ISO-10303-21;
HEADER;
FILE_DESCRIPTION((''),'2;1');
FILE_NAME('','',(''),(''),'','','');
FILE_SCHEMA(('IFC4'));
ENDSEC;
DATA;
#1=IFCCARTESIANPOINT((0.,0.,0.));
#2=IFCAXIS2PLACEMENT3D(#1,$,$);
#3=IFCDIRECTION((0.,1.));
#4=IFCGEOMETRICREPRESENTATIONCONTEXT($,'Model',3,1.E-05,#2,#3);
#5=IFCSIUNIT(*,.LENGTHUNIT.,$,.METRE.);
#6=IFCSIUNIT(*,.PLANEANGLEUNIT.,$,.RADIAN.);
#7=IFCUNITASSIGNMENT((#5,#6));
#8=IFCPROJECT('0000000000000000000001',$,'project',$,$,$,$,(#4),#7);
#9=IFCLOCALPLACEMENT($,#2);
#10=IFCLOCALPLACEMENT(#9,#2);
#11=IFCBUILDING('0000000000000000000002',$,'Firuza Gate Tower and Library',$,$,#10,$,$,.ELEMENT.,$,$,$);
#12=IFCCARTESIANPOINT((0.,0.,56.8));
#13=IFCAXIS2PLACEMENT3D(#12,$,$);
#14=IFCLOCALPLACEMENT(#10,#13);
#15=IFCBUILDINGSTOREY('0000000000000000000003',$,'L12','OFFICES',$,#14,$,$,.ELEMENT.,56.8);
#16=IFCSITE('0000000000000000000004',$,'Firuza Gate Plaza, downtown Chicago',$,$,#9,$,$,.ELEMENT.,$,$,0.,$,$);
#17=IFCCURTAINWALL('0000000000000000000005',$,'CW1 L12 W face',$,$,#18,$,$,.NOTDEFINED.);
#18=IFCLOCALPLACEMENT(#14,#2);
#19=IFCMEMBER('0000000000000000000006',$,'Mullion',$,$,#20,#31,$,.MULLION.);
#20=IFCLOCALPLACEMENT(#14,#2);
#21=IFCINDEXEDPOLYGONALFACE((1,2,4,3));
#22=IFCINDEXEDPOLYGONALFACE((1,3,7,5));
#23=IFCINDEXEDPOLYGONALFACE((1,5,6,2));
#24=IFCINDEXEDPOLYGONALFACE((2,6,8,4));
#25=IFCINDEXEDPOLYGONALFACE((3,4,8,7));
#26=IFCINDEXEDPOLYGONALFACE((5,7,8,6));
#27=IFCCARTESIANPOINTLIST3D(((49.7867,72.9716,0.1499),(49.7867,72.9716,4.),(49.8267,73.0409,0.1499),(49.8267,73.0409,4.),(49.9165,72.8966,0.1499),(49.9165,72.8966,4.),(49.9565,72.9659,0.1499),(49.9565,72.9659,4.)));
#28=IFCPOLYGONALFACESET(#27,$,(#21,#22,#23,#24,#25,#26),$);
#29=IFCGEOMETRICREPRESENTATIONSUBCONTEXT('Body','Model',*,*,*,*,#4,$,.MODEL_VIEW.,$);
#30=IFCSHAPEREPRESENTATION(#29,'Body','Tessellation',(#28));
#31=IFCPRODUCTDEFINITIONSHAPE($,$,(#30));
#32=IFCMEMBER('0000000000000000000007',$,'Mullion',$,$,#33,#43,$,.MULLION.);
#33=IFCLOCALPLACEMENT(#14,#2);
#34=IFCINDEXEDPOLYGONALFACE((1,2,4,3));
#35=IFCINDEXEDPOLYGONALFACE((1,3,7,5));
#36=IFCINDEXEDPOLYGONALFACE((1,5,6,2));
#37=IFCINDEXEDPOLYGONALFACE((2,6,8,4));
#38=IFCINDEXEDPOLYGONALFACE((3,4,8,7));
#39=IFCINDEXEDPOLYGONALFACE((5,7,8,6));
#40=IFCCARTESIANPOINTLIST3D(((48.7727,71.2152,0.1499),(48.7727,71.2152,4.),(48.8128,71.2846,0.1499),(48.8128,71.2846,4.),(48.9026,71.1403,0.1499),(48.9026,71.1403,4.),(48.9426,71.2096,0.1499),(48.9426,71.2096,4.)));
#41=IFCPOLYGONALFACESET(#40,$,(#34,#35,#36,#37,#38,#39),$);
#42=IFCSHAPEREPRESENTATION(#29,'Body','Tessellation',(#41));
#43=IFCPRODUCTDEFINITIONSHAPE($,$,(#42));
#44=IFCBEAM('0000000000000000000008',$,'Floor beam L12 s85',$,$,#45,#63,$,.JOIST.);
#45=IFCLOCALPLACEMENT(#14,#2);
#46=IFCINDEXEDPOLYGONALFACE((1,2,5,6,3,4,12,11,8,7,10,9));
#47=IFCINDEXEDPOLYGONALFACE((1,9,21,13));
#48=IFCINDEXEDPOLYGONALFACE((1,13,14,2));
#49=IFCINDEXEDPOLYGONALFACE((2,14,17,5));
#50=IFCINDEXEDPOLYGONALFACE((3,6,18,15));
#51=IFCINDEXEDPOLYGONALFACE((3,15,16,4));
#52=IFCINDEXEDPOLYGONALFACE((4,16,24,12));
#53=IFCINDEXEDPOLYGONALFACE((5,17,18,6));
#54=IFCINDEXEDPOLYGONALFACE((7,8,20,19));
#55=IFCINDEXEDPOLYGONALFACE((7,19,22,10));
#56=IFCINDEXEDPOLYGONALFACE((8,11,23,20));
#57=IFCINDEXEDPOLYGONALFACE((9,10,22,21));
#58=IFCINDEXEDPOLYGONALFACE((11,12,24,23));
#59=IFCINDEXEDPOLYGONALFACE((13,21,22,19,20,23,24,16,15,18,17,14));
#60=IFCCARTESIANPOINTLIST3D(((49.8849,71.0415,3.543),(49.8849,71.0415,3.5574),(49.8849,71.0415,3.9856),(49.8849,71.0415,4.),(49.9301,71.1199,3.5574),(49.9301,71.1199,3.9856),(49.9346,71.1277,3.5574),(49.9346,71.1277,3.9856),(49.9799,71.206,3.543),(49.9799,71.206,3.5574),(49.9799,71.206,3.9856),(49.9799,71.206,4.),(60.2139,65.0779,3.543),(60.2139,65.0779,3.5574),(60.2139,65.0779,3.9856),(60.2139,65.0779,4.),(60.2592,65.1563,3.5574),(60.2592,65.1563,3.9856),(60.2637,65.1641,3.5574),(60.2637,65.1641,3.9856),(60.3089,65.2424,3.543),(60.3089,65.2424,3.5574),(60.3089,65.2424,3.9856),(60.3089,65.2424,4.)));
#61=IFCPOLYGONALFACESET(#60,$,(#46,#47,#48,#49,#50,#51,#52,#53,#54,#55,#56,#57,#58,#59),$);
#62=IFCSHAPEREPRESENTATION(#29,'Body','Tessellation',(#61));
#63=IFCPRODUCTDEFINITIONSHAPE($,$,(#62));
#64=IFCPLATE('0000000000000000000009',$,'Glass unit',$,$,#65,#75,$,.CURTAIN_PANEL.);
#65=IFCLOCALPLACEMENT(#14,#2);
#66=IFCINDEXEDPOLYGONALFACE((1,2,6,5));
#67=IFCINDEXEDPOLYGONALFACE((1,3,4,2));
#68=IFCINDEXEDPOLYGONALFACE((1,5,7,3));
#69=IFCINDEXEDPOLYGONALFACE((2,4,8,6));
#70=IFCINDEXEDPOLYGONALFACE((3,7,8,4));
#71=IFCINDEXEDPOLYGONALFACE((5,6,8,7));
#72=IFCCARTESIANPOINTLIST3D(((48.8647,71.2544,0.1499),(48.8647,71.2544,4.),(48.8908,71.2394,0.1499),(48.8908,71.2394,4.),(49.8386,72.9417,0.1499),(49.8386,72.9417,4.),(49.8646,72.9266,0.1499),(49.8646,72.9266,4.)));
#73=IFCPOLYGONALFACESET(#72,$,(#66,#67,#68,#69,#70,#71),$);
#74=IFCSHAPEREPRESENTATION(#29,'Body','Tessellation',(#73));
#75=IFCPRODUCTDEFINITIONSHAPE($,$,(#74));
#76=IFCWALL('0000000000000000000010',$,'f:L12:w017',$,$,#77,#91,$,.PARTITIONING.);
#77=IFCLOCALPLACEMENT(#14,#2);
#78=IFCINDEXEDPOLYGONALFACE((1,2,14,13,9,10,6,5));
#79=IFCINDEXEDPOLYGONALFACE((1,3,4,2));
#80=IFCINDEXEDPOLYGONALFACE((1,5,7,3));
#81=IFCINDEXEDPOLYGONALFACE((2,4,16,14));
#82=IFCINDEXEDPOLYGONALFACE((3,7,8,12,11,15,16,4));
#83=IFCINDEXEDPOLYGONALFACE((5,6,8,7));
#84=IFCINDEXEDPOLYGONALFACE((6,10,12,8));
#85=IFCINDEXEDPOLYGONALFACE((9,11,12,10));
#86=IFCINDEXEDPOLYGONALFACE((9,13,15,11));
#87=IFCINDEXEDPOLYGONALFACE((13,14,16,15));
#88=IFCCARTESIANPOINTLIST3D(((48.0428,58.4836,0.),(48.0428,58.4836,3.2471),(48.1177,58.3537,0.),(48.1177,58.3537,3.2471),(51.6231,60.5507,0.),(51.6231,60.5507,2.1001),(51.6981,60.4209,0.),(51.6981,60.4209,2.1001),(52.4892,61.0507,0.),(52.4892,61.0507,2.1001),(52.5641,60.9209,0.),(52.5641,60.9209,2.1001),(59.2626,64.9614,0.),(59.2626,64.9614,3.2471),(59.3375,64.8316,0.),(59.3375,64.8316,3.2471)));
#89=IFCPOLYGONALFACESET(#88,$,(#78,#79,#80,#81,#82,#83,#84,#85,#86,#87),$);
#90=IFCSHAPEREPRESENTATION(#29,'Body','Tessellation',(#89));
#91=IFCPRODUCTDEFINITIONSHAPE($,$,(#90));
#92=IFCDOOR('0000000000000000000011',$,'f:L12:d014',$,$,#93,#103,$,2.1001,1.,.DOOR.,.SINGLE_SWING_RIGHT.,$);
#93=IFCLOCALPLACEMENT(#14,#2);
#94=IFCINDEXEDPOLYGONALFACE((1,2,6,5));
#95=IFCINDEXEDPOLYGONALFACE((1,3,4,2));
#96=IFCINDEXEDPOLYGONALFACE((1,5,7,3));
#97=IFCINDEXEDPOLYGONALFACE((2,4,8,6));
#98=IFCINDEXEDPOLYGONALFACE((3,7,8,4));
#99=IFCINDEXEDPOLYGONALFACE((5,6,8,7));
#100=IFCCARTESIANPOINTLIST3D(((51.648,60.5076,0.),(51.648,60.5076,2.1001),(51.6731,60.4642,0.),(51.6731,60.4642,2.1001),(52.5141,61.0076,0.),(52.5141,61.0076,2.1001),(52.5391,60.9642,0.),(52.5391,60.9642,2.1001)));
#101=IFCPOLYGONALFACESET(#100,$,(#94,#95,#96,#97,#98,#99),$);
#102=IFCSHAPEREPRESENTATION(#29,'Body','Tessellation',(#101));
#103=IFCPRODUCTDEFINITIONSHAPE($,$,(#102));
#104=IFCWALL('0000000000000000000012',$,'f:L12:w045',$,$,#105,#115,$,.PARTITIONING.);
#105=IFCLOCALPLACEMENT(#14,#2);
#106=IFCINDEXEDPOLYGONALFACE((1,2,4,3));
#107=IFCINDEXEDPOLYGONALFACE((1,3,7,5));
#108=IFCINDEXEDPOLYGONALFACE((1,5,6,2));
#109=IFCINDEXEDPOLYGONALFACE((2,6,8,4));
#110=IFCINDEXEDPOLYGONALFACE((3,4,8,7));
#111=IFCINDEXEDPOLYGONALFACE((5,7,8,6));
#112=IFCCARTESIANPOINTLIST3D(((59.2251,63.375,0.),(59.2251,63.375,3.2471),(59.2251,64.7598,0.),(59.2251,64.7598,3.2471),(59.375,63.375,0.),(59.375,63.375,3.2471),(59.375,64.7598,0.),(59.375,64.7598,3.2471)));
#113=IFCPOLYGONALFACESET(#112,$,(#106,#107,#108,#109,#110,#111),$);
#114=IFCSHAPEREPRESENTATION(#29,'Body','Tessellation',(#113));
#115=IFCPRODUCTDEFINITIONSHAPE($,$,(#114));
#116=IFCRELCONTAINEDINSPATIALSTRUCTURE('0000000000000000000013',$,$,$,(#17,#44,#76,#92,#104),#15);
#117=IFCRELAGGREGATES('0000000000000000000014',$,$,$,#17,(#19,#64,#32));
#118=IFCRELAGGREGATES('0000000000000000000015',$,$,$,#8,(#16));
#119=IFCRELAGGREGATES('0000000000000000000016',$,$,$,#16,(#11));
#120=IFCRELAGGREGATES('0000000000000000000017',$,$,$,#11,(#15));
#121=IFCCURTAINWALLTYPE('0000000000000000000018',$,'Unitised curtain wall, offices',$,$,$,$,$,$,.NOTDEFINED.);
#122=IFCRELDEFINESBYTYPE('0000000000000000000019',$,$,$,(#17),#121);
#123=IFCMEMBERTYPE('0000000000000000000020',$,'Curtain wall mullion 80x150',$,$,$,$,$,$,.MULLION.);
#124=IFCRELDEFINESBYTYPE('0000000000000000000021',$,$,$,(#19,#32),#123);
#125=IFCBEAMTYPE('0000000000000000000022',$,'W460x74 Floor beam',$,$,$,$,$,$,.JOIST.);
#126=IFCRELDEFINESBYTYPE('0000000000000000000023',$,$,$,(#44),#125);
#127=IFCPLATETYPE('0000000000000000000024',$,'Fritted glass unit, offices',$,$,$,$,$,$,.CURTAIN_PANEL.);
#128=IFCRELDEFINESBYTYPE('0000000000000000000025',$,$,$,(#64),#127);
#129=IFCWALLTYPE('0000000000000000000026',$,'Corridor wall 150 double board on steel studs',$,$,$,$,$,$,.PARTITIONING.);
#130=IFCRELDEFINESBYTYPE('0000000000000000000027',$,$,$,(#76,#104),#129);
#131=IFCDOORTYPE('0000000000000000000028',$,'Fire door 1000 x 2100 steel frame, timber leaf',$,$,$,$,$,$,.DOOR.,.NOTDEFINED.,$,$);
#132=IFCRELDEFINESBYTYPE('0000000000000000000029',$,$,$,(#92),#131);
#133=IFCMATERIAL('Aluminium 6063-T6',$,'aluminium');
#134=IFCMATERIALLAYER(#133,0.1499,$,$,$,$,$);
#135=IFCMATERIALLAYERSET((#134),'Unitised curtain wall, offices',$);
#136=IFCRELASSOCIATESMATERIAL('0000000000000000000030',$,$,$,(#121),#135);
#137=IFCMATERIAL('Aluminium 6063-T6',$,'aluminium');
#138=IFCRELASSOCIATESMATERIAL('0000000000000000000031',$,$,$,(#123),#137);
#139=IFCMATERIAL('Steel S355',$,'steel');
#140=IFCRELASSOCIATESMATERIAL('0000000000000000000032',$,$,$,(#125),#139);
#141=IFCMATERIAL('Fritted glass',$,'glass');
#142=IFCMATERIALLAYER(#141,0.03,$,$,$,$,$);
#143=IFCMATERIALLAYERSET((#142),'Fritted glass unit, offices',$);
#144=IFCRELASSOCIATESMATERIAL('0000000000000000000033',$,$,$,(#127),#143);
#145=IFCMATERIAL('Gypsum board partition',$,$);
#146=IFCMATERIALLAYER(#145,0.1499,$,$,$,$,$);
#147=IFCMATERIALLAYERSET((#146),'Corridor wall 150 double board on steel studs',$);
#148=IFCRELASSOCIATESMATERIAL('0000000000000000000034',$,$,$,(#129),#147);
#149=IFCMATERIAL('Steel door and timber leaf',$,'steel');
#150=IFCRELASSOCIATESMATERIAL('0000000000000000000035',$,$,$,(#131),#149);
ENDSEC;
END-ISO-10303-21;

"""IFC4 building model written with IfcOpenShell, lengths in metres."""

from ifc_helpers import new_model, si_unit, direction, frame, frame_2d, origin, origin_2d, place, context, subcontext, project, spatial, polyline, rectangle, i_section, outline, extrude, material, layer, layer_set, material_profile, profile_set, type_object, element, fill, aggregate, save


model = new_model("IFC4")

# Units and contexts
model_context = context("Model", 3, precision=1e-05, world=origin(), true_north=direction((0.0, 1.0)))
body_context = subcontext(model_context, "Body", "Model", "MODEL_VIEW")
ifc_project = project(units=[si_unit("LENGTHUNIT", "METRE"), si_unit("PLANEANGLEUNIT", "RADIAN")], contexts=[model_context])

# Site, building, storey
site_placement = place(None, origin())
site = spatial("IfcSite", under=ifc_project, at=site_placement, Name="Firuza Gate Plaza, downtown Chicago", CompositionType="ELEMENT", RefElevation=0.0)
building_placement = place(site_placement, origin())
building = spatial("IfcBuilding", under=site, at=building_placement, Name="Firuza Gate Tower and Library", CompositionType="ELEMENT")
storey_placement = place(building_placement, frame((0.0, 0.0, 56.8)))
storey = spatial("IfcBuildingStorey", under=building, at=storey_placement, Name="L12", Description="OFFICES", CompositionType="ELEMENT", Elevation=56.8)

# Curtain wall, members
ifc_material_1 = material(Name="Aluminium 6063-T6", Category="aluminium")
ifc_layer_1 = layer(ifc_material_1, 0.1499)
ifc_layer_set_1 = layer_set([ifc_layer_1], Name="Unitised curtain wall, offices")
curtain_wall_type = type_object("IfcCurtainWallType", Name="Unitised curtain wall, offices", PredefinedType="NOTDEFINED", material=ifc_layer_set_1)
curtain_wall_placement = place(storey_placement, origin())
curtain_wall = element("IfcCurtainWall", 1, at=curtain_wall_placement, inside=storey, type_object=curtain_wall_type, Name="CW1 L12 W face", PredefinedType="NOTDEFINED")
ifc_material_2 = material(Name="Aluminium 6063-T6", Category="aluminium")
ifc_material_profile_1 = material_profile(ifc_material_2, rectangle(XDim=0.1499, YDim=0.0801, at=origin_2d()))
ifc_profile_set_1 = profile_set([ifc_material_profile_1], Name="Aluminium 6063-T6")
member_type = type_object("IfcMemberType", Name="Curtain wall mullion 80x150", PredefinedType="MULLION", material=ifc_profile_set_1)
member_1_placement = place(storey_placement, frame((49.8716, 72.9688, 0.1499), z_axis=(0.0, 0.0, 1.0), x_axis=(0.866025, -0.5, 0.0)))
member_1 = element("IfcMember", 2, at=member_1_placement, type_object=member_type, Name="Mullion", PredefinedType="MULLION", context=body_context, shape_type="SweptSolid", body=[
    extrude(rectangle(XDim=0.1499, YDim=0.0801, at=origin_2d()), origin(), (0.0, 0.0, 1.0), 3.8501),
])
member_2_placement = place(storey_placement, frame((48.8577, 71.2124, 0.1499), z_axis=(0.0, 0.0, 1.0), x_axis=(0.866025, -0.5, 0.0)))
member_2 = element("IfcMember", 3, at=member_2_placement, type_object=member_type, Name="Mullion", PredefinedType="MULLION", context=body_context, shape_type="SweptSolid", body=[
    extrude(rectangle(XDim=0.1499, YDim=0.0801, at=origin_2d()), origin(), (0.0, 0.0, 1.0), 3.8501),
])

# Beam
ifc_material_3 = material(Name="Steel S355", Category="steel")
ifc_material_profile_2 = material_profile(ifc_material_3, i_section(OverallWidth=0.1899, OverallDepth=0.457, WebThickness=0.009, FlangeThickness=0.0144, at=origin_2d()))
ifc_profile_set_2 = profile_set([ifc_material_profile_2], Name="Steel S355")
beam_type = type_object("IfcBeamType", Name="W460x74 Floor beam", PredefinedType="JOIST", material=ifc_profile_set_2)
beam_placement = place(storey_placement, frame((49.9324, 71.1238, 3.7715), z_axis=(0.866021, -0.500007, 0.0), x_axis=(0.500007, 0.866021, 0.0)))
element("IfcBeam", 4, at=beam_placement, inside=storey, type_object=beam_type, Name="Floor beam L12 s85", PredefinedType="JOIST", context=body_context, shape_type="SweptSolid", body=[
    extrude(i_section(OverallWidth=0.1899, OverallDepth=0.457, WebThickness=0.009, FlangeThickness=0.0144, at=origin_2d()), origin(), (0.0, 0.0, 1.0), 11.927),
])

# Plate
ifc_material_4 = material(Name="Fritted glass", Category="glass")
ifc_layer_2 = layer(ifc_material_4, 0.03)
ifc_layer_set_2 = layer_set([ifc_layer_2], Name="Fritted glass unit, offices")
plate_type = type_object("IfcPlateType", Name="Fritted glass unit, offices", PredefinedType="CURTAIN_PANEL", material=ifc_layer_set_2)
plate_placement = place(storey_placement, frame((49.8386, 72.9417, 0.1499), z_axis=(-0.866083, 0.4999, 0.0), x_axis=(-0.4999, -0.866083, 0.0)))
plate = element("IfcPlate", 5, at=plate_placement, type_object=plate_type, Name="Glass unit", PredefinedType="CURTAIN_PANEL", context=body_context, shape_type="SweptSolid", body=[
    extrude(outline(polyline([(0.0, 0.0), (1.9481, 0.0), (1.9481, 3.8501), (0.0, 3.8501), (0.0, 0.0)])), origin(), (0.0, 0.0, -1.0), 0.03),
])
aggregate(curtain_wall, [member_1, plate, member_2])

# Wall, opening, door
ifc_material_5 = material(Name="Gypsum board partition")
ifc_layer_3 = layer(ifc_material_5, 0.1499)
ifc_layer_set_3 = layer_set([ifc_layer_3], Name="Corridor wall 150 double board on steel studs")
wall_type_1 = type_object("IfcWallType", Name="Corridor wall 150 double board on steel studs", PredefinedType="PARTITIONING", material=ifc_layer_set_3)
wall_1_placement = place(storey_placement, frame((59.3, 64.8965, 0.0), z_axis=(0.0, 0.0, 1.0), x_axis=(-0.866023, -0.500004, 0.0)))
wall_1 = element("IfcWall", 6, at=wall_1_placement, inside=storey, type_object=wall_type_1, Name="f:L12:w017", PredefinedType="PARTITIONING", context=body_context, shape_type="SweptSolid", body=[
    extrude(rectangle(XDim=12.9556, YDim=0.1499, at=frame_2d((6.4778, 0.0))), origin(), (0.0, 0.0, 1.0), 3.2471),
])
opening_1_placement = place(wall_1_placement, frame((7.8213, 0.0, 0.0)))
opening_1 = element("IfcOpeningElement", 7, at=opening_1_placement, cuts=wall_1, PredefinedType="OPENING", context=body_context, shape_type="SweptSolid", body=[
    extrude(rectangle(XDim=1.0, YDim=2.1001, at=frame_2d((0.5, 1.05))), frame((0.0, 0.085, 0.0), z_axis=(0.0, -1.0, 0.0), x_axis=(1.0, 0.0, 0.0)), (0.0, 0.0, 1.0), 0.1699),
])
ifc_material_6 = material(Name="Steel door and timber leaf", Category="steel")
door_type_1 = type_object("IfcDoorType", Name="Fire door 1000 x 2100 steel frame, timber leaf", OperationType="NOTDEFINED", PredefinedType="DOOR", material=ifc_material_6)
door_1_placement = place(opening_1_placement, origin())
door_1 = element("IfcDoor", 8, at=door_1_placement, inside=storey, type_object=door_type_1, Name="f:L12:d014", OperationType="SINGLE_SWING_RIGHT", OverallHeight=2.1001, OverallWidth=1.0, PredefinedType="DOOR", context=body_context, shape_type="SweptSolid", body=[
    extrude(rectangle(XDim=1.0, YDim=2.1001, at=frame_2d((0.5, 1.05))), frame((0.0, 0.0249, 0.0), z_axis=(0.0, -1.0, 0.0), x_axis=(1.0, 0.0, 0.0)), (0.0, 0.0, 1.0), 0.05),
])
fill(opening_1, door_1)

# Wall
wall_2_placement = place(storey_placement, frame((59.3, 63.375, 0.0), z_axis=(0.0, 0.0, 1.0), x_axis=(0.0, 1.0, 0.0)))
element("IfcWall", 9, at=wall_2_placement, inside=storey, type_object=wall_type_1, Name="f:L12:w045", PredefinedType="PARTITIONING", context=body_context, shape_type="SweptSolid", body=[
    extrude(rectangle(XDim=1.3848, YDim=0.1499, at=frame_2d((0.6924, 0.0))), origin(), (0.0, 0.0, 1.0), 3.2471),
])

save(model, "model.ifc")
